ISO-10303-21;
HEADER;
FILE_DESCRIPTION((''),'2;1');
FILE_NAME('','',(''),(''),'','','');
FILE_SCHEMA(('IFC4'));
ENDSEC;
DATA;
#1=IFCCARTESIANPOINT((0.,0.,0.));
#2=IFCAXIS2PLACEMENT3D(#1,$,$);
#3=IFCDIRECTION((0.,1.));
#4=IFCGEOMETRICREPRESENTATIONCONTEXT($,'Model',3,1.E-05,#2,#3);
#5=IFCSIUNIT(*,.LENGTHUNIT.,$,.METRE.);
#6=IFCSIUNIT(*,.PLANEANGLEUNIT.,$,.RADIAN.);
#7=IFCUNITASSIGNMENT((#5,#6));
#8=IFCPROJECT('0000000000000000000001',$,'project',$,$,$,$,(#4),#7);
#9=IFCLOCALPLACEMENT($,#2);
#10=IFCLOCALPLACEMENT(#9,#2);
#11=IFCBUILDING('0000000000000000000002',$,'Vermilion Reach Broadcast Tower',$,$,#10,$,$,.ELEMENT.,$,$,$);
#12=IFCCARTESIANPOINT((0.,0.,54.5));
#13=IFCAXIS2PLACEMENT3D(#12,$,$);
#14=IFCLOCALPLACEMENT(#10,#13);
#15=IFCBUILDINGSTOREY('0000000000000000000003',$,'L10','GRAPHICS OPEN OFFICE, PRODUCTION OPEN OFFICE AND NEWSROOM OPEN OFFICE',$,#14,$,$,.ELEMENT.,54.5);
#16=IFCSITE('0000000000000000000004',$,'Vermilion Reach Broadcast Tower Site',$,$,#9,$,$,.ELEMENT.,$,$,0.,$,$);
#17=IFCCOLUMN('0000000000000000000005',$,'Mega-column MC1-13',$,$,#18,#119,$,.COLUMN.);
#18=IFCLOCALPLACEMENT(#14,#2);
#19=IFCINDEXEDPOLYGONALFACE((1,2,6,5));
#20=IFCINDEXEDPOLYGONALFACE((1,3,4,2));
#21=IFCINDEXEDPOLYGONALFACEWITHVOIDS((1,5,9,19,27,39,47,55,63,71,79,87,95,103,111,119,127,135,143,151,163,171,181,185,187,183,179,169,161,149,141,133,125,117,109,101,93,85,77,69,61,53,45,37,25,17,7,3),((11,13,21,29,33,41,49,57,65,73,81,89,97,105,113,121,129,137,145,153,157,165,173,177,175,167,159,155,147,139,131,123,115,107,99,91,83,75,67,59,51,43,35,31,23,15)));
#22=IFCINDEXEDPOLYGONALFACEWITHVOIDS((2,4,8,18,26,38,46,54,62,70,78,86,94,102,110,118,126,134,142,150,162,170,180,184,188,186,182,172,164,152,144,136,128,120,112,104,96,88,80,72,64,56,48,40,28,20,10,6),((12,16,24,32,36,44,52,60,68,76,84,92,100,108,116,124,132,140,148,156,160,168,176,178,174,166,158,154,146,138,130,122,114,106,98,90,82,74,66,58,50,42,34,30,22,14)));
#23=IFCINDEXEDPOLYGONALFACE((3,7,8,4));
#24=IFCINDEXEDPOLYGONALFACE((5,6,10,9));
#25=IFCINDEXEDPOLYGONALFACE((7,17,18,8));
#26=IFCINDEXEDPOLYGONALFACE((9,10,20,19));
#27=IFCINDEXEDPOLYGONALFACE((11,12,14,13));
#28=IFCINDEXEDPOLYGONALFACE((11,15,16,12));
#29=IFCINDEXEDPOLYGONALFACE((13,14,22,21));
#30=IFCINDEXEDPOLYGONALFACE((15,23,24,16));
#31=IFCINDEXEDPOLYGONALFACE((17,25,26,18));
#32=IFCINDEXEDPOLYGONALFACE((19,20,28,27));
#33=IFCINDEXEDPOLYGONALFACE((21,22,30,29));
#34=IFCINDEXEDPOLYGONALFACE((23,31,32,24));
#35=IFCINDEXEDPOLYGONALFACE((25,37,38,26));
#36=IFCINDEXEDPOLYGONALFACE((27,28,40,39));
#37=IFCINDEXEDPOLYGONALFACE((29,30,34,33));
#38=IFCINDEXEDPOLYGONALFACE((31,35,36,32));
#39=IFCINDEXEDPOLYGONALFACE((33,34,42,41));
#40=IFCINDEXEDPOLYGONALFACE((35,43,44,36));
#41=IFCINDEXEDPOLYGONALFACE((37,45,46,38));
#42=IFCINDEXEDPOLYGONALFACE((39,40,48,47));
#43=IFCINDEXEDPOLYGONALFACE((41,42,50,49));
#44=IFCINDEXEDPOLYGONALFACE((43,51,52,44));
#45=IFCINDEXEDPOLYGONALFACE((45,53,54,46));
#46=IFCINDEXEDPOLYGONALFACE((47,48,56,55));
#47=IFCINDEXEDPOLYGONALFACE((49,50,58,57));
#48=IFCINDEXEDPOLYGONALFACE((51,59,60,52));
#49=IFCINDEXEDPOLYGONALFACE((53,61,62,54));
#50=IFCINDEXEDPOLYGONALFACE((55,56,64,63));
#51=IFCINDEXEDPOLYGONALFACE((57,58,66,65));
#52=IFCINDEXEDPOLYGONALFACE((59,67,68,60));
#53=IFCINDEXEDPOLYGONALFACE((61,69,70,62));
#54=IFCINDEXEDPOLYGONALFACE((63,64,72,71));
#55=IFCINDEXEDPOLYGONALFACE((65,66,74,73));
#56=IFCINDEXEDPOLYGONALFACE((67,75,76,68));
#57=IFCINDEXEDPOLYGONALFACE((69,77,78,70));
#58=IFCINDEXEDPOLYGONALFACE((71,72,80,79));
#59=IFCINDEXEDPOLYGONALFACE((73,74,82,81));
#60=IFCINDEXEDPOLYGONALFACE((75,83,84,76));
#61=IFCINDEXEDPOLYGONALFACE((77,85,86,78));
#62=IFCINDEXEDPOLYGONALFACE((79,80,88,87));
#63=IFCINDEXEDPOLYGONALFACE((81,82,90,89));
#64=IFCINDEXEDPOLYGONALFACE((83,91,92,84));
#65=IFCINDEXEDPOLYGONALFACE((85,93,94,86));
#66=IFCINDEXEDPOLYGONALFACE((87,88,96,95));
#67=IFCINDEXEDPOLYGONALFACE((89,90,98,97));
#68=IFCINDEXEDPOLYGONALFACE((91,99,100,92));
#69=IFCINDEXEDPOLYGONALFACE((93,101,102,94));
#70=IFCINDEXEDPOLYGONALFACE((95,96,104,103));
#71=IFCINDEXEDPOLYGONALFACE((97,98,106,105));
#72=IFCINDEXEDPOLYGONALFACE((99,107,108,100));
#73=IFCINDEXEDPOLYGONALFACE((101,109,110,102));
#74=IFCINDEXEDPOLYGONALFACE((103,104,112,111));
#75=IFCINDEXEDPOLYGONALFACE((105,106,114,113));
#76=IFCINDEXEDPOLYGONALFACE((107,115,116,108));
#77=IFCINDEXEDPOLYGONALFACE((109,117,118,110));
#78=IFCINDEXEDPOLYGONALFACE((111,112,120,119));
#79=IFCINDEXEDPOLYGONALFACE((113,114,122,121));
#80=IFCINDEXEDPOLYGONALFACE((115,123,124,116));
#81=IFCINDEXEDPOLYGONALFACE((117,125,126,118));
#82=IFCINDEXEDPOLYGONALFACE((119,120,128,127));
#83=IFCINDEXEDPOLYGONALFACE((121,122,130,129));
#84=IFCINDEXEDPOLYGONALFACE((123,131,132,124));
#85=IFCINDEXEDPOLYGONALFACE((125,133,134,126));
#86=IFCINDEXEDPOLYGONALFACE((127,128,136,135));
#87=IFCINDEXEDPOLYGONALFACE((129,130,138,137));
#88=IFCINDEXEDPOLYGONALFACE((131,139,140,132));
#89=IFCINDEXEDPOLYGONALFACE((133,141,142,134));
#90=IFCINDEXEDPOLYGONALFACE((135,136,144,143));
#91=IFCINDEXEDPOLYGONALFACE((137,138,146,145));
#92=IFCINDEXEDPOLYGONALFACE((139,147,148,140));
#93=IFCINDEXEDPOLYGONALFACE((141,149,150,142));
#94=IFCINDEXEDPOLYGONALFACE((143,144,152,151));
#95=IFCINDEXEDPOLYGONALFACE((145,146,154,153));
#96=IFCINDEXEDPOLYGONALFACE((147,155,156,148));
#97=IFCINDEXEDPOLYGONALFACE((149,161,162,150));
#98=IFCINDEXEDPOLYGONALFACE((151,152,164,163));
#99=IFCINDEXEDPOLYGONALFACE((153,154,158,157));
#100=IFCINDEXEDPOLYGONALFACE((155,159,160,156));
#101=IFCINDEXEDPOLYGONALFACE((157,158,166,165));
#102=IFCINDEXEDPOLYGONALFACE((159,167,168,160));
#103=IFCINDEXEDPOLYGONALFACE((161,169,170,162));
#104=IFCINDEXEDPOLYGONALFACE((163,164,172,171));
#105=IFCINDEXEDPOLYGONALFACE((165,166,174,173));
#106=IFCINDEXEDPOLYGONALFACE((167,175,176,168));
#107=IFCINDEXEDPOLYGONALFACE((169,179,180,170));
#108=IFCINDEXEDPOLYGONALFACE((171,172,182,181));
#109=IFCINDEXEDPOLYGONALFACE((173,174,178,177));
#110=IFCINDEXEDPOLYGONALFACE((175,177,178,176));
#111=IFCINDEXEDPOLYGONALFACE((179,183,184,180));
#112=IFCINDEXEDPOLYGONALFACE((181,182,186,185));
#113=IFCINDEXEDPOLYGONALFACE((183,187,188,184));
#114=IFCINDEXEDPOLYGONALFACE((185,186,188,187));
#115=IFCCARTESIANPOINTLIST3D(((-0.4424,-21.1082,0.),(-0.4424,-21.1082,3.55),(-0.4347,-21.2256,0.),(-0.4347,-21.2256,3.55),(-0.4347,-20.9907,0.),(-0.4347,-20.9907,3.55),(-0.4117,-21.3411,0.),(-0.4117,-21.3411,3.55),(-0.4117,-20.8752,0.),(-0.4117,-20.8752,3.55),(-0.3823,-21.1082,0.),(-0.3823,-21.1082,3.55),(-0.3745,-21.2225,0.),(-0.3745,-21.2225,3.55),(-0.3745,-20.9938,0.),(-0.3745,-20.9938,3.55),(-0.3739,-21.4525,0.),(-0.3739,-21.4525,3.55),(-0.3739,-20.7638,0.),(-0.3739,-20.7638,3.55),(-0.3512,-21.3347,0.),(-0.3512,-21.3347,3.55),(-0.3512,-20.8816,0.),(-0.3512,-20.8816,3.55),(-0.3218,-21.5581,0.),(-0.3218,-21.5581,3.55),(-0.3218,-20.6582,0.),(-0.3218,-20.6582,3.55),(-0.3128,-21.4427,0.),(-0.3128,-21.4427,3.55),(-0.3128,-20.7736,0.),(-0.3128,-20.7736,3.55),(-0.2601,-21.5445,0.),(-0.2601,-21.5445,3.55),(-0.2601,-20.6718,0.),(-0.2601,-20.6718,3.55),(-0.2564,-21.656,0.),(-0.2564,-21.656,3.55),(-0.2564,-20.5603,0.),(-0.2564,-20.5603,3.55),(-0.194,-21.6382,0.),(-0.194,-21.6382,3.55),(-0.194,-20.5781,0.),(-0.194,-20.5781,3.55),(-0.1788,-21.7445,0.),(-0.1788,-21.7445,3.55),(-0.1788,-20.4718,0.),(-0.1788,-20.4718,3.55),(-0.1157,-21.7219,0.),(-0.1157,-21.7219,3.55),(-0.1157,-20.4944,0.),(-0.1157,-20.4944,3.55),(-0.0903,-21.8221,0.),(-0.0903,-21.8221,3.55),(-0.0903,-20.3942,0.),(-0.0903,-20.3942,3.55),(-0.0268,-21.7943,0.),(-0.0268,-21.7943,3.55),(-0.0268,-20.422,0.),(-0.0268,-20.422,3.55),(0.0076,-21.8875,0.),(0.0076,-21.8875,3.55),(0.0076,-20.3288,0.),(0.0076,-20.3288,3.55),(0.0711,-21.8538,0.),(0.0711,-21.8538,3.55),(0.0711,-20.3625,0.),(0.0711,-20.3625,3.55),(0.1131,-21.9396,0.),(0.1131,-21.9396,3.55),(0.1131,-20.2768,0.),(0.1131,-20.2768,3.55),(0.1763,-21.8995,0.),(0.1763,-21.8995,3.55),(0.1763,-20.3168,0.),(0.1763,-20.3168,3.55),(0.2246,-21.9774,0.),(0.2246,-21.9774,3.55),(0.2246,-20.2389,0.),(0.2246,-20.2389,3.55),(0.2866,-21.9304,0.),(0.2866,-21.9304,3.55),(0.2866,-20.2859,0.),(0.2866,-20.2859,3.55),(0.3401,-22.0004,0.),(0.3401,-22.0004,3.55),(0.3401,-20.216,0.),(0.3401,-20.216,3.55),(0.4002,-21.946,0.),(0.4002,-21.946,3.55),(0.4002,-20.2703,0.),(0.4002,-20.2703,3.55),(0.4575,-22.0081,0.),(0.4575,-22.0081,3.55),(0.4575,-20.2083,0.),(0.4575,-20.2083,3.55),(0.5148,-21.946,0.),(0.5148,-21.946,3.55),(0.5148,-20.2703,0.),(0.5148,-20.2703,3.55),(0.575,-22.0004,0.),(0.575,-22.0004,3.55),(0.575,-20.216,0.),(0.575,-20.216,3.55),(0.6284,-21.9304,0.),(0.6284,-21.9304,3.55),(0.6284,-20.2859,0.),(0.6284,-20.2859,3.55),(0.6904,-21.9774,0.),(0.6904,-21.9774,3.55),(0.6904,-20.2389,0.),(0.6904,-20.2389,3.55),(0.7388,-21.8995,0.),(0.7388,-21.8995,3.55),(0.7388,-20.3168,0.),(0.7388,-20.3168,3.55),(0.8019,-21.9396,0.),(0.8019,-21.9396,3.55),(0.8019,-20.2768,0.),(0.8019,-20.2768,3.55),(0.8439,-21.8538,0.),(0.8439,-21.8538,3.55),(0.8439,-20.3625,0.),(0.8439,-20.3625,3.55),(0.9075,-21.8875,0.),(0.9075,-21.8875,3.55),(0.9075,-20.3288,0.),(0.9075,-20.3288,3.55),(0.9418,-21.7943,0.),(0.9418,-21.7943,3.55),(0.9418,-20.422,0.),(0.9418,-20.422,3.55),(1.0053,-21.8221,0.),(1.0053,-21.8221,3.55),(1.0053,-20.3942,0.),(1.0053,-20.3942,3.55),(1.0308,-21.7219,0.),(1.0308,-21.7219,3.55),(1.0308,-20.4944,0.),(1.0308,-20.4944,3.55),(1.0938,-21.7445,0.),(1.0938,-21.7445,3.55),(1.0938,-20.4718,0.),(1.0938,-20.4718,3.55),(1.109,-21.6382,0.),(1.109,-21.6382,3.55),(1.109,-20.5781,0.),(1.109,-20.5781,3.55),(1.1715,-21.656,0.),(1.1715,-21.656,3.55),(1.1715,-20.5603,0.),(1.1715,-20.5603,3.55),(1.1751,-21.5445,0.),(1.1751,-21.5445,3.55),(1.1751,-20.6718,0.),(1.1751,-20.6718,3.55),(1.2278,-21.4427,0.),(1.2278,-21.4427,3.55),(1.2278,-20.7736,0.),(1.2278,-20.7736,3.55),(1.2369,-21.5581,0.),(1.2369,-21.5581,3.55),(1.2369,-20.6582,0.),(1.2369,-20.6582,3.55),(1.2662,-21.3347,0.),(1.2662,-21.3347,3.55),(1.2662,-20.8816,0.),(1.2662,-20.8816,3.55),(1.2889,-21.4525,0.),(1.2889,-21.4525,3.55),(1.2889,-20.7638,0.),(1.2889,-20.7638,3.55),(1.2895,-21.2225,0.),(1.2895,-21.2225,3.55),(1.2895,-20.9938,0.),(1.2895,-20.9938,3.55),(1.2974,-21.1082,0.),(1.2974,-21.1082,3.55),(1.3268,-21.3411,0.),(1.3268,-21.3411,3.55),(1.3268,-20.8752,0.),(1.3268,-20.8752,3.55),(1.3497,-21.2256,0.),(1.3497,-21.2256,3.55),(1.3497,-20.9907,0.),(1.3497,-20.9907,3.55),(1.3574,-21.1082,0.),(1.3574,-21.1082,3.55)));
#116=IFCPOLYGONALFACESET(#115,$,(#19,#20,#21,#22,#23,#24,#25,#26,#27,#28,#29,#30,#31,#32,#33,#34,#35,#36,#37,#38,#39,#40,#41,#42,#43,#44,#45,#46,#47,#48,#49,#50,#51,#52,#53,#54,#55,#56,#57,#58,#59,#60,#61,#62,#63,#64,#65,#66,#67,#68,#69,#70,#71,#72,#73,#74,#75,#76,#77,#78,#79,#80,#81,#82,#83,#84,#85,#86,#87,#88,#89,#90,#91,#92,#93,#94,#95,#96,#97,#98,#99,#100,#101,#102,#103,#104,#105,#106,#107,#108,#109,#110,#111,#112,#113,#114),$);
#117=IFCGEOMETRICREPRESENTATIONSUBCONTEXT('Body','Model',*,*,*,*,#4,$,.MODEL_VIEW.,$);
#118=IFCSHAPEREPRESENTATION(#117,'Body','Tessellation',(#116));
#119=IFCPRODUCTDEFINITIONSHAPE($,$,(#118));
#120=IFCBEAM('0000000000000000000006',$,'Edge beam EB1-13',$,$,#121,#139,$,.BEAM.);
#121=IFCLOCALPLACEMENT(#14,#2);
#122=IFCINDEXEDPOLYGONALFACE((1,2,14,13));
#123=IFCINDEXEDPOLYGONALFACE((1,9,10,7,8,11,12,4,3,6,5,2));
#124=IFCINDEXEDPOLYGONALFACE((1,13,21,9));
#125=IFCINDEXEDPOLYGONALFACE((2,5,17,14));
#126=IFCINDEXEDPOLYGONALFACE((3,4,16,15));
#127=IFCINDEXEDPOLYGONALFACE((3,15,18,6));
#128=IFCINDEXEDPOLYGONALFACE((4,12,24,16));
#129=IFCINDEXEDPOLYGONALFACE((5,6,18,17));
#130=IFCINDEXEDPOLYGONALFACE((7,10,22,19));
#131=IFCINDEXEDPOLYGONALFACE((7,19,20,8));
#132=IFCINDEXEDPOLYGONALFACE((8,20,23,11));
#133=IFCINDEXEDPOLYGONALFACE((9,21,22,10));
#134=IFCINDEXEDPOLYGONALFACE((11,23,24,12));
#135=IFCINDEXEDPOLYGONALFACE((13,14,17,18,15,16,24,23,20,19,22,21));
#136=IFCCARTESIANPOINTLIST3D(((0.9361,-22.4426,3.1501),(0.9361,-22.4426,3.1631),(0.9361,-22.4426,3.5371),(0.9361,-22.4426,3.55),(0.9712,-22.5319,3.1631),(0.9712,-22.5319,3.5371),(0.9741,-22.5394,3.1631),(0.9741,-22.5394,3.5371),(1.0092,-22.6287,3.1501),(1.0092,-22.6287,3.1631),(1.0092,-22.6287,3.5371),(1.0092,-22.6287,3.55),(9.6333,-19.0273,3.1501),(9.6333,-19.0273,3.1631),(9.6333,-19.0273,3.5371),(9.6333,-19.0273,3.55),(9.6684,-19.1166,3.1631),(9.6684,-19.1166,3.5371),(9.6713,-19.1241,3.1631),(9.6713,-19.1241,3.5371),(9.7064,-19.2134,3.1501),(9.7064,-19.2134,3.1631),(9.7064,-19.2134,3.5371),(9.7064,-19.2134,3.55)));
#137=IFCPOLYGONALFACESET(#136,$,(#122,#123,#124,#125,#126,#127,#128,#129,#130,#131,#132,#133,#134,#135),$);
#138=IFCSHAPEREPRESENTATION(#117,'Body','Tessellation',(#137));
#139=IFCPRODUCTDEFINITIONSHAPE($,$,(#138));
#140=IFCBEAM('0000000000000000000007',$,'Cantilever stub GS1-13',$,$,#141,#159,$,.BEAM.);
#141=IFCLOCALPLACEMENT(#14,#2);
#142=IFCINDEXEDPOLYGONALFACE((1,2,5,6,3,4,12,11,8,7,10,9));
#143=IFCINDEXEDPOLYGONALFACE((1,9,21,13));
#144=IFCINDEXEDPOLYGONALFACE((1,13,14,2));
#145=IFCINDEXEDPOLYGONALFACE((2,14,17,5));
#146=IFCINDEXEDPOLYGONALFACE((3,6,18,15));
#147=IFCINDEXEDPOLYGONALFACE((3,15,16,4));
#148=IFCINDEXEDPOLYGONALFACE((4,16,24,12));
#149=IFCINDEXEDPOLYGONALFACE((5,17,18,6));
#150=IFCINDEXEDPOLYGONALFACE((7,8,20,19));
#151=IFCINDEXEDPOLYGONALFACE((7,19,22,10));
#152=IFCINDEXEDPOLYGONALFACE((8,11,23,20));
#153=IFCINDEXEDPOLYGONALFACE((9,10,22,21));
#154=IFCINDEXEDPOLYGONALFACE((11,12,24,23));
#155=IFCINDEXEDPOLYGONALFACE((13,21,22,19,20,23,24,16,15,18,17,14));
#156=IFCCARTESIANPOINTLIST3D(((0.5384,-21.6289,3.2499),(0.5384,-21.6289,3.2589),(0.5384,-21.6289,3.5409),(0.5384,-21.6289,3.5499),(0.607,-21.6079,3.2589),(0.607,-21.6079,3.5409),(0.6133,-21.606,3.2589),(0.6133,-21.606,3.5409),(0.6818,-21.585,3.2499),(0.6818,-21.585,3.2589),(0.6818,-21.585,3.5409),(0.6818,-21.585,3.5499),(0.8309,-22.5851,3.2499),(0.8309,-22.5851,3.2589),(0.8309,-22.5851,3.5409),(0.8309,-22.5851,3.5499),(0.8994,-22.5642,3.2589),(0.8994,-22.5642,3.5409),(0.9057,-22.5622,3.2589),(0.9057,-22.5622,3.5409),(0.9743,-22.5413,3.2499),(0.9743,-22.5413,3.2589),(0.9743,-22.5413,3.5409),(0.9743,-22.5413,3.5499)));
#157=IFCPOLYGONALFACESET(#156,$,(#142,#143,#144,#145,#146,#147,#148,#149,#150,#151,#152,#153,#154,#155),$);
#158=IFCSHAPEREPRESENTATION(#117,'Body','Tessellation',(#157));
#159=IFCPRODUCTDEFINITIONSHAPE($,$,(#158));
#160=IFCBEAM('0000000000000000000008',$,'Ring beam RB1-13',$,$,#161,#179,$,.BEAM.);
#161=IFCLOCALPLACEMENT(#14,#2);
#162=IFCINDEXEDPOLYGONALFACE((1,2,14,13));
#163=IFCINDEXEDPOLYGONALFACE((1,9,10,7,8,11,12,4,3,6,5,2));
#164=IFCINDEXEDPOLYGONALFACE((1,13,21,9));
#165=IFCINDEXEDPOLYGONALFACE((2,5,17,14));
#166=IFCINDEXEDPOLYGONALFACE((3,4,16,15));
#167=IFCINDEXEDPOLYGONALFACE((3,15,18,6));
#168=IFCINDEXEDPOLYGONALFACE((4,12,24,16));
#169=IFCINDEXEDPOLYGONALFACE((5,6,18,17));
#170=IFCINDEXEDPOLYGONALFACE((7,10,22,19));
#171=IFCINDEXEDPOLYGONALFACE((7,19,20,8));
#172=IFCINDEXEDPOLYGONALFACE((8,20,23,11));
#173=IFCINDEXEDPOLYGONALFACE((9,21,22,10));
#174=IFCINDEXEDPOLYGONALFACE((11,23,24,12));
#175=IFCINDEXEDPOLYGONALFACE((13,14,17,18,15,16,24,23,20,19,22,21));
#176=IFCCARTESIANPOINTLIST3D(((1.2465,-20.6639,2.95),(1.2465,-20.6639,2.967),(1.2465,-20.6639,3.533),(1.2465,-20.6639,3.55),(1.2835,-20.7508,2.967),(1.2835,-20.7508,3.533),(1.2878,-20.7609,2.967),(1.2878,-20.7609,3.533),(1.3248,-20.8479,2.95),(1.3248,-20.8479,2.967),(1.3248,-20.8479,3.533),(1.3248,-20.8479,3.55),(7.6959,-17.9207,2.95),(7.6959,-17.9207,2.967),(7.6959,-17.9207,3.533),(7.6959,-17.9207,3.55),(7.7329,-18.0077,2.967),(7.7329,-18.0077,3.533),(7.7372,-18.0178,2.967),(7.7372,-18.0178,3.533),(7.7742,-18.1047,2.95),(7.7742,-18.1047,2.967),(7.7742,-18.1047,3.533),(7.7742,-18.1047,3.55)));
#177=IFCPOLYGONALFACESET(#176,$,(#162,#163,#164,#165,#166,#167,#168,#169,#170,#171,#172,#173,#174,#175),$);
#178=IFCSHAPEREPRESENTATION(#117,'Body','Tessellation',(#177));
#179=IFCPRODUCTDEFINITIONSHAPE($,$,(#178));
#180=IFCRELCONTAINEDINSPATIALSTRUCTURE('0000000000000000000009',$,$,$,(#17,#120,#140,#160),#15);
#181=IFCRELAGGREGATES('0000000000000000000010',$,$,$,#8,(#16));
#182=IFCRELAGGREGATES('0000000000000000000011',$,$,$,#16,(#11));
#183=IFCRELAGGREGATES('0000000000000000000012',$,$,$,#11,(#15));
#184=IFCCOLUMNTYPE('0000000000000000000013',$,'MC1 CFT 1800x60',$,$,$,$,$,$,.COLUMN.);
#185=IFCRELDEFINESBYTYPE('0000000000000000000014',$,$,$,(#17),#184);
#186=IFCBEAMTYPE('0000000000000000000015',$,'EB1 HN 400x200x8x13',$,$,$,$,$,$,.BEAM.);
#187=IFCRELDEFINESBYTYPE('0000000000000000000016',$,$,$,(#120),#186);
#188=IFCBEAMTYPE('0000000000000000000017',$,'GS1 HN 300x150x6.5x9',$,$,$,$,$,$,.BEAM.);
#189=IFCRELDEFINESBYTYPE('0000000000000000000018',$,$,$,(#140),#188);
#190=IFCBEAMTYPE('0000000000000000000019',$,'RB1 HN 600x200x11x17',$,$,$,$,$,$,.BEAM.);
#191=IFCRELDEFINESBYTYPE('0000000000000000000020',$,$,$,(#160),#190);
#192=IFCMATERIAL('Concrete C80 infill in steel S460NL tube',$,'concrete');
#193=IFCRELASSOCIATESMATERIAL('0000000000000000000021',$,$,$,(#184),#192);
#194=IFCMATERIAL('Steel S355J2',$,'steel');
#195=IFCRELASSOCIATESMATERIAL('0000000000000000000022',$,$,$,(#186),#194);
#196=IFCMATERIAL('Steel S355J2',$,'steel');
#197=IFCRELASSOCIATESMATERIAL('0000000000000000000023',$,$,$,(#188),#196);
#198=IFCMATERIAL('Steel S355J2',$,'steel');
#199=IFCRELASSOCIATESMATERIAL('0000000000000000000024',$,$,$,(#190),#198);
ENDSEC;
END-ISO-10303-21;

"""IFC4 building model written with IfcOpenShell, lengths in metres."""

from ifc_helpers import new_model, si_unit, direction, frame, origin, origin_2d, place, context, subcontext, project, spatial, hollow_circle, i_section, extrude, material, material_profile, profile_set, type_object, element, save


model = new_model("IFC4")

# Units and contexts
model_context = context("Model", 3, precision=1e-05, world=origin(), true_north=direction((0.0, 1.0)))
body_context = subcontext(model_context, "Body", "Model", "MODEL_VIEW")
ifc_project = project(units=[si_unit("LENGTHUNIT", "METRE"), si_unit("PLANEANGLEUNIT", "RADIAN")], contexts=[model_context])

# Site, building, storey
site_placement = place(None, origin())
site = spatial("IfcSite", under=ifc_project, at=site_placement, Name="Vermilion Reach Broadcast Tower Site", CompositionType="ELEMENT", RefElevation=0.0)
building_placement = place(site_placement, origin())
building = spatial("IfcBuilding", under=site, at=building_placement, Name="Vermilion Reach Broadcast Tower", CompositionType="ELEMENT")
storey_placement = place(building_placement, frame((0.0, 0.0, 54.5)))
storey = spatial("IfcBuildingStorey", under=building, at=storey_placement, Name="L10", Description="GRAPHICS OPEN OFFICE, PRODUCTION OPEN OFFICE AND NEWSROOM OPEN OFFICE", CompositionType="ELEMENT", Elevation=54.5)

# Column
ifc_material_1 = material(Name="Concrete C80 infill in steel S460NL tube", Category="concrete")
ifc_material_profile_1 = material_profile(ifc_material_1, hollow_circle(Radius=0.8999, WallThickness=0.0601, at=origin_2d()), Name="Concrete C80 infill in steel S460NL tube CFT 1800x60")
ifc_profile_set_1 = profile_set([ifc_material_profile_1], Name="Concrete C80 infill in steel S460NL tube")
column_type = type_object("IfcColumnType", Name="MC1 CFT 1800x60", PredefinedType="COLUMN", material=ifc_profile_set_1)
column_placement = place(storey_placement, frame((0.4575, -21.1082, 0.0), z_axis=(0.0, 0.0, 1.0), x_axis=(1.0, 0.0, 0.0)))
element("IfcColumn", 1, at=column_placement, inside=storey, type_object=column_type, Name="Mega-column MC1-13", PredefinedType="COLUMN", context=body_context, shape_type="SweptSolid", body=[
    extrude(hollow_circle(Radius=0.8999, WallThickness=0.0601, at=origin_2d()), origin(), (0.0, 0.0, 1.0), 3.55),
])

# Beams
ifc_material_2 = material(Name="Steel S355J2", Category="steel")
ifc_material_profile_2 = material_profile(ifc_material_2, i_section(OverallWidth=0.2, OverallDepth=0.3999, WebThickness=0.0081, FlangeThickness=0.0129, at=origin_2d()), Name="S355J2 HN 400x200x8x13")
ifc_profile_set_2 = profile_set([ifc_material_profile_2], Name="Steel S355J2")
beam_type_1 = type_object("IfcBeamType", Name="EB1 HN 400x200x8x13", PredefinedType="BEAM", material=ifc_profile_set_2)
beam_1_placement = place(storey_placement, frame((0.9727, -22.5356, 3.3501), z_axis=(0.930806, 0.365513, 0.0), x_axis=(-0.365513, 0.930806, 0.0)))
element("IfcBeam", 2, at=beam_1_placement, inside=storey, type_object=beam_type_1, Name="Edge beam EB1-13", PredefinedType="BEAM", context=body_context, shape_type="SweptSolid", body=[
    extrude(i_section(OverallWidth=0.2, OverallDepth=0.3999, WebThickness=0.0081, FlangeThickness=0.0129, at=origin_2d()), origin(), (0.0, 0.0, 1.0), 9.3438),
])
ifc_material_3 = material(Name="Steel S355J2", Category="steel")
ifc_material_profile_3 = material_profile(ifc_material_3, i_section(OverallWidth=0.1499, OverallDepth=0.3, WebThickness=0.0066, FlangeThickness=0.009, at=origin_2d()), Name="S355J2 HN 300x150x6.5x9")
ifc_profile_set_3 = profile_set([ifc_material_profile_3], Name="Steel S355J2")
beam_type_2 = type_object("IfcBeamType", Name="GS1 HN 300x150x6.5x9", PredefinedType="BEAM", material=ifc_profile_set_3)
beam_2_placement = place(storey_placement, frame((0.6101, -21.6069, 3.3999), z_axis=(0.292473, -0.956274, 0.0), x_axis=(0.956274, 0.292473, 0.0)))
element("IfcBeam", 3, at=beam_2_placement, inside=storey, type_object=beam_type_2, Name="Cantilever stub GS1-13", PredefinedType="BEAM", context=body_context, shape_type="SweptSolid", body=[
    extrude(i_section(OverallWidth=0.1499, OverallDepth=0.3, WebThickness=0.0066, FlangeThickness=0.009, at=origin_2d()), origin(), (0.0, 0.0, 1.0), 1.0),
])
ifc_material_4 = material(Name="Steel S355J2", Category="steel")
ifc_material_profile_4 = material_profile(ifc_material_4, i_section(OverallWidth=0.2, OverallDepth=0.6001, WebThickness=0.011, FlangeThickness=0.0171, at=origin_2d()), Name="S355J2 HN 600x200x11x17")
ifc_profile_set_4 = profile_set([ifc_material_profile_4], Name="Steel S355J2")
beam_type_3 = type_object("IfcBeamType", Name="RB1 HN 600x200x11x17", PredefinedType="BEAM", material=ifc_profile_set_4)
beam_3_placement = place(storey_placement, frame((1.2856, -20.7559, 3.25), z_axis=(0.920221, 0.3914, 0.0), x_axis=(-0.3914, 0.920221, 0.0)))
element("IfcBeam", 4, at=beam_3_placement, inside=storey, type_object=beam_type_3, Name="Ring beam RB1-13", PredefinedType="BEAM", context=body_context, shape_type="SweptSolid", body=[
    extrude(i_section(OverallWidth=0.2, OverallDepth=0.6001, WebThickness=0.011, FlangeThickness=0.0171, at=origin_2d()), origin(), (0.0, 0.0, 1.0), 7.0085),
])

save(model, "model.ifc")
